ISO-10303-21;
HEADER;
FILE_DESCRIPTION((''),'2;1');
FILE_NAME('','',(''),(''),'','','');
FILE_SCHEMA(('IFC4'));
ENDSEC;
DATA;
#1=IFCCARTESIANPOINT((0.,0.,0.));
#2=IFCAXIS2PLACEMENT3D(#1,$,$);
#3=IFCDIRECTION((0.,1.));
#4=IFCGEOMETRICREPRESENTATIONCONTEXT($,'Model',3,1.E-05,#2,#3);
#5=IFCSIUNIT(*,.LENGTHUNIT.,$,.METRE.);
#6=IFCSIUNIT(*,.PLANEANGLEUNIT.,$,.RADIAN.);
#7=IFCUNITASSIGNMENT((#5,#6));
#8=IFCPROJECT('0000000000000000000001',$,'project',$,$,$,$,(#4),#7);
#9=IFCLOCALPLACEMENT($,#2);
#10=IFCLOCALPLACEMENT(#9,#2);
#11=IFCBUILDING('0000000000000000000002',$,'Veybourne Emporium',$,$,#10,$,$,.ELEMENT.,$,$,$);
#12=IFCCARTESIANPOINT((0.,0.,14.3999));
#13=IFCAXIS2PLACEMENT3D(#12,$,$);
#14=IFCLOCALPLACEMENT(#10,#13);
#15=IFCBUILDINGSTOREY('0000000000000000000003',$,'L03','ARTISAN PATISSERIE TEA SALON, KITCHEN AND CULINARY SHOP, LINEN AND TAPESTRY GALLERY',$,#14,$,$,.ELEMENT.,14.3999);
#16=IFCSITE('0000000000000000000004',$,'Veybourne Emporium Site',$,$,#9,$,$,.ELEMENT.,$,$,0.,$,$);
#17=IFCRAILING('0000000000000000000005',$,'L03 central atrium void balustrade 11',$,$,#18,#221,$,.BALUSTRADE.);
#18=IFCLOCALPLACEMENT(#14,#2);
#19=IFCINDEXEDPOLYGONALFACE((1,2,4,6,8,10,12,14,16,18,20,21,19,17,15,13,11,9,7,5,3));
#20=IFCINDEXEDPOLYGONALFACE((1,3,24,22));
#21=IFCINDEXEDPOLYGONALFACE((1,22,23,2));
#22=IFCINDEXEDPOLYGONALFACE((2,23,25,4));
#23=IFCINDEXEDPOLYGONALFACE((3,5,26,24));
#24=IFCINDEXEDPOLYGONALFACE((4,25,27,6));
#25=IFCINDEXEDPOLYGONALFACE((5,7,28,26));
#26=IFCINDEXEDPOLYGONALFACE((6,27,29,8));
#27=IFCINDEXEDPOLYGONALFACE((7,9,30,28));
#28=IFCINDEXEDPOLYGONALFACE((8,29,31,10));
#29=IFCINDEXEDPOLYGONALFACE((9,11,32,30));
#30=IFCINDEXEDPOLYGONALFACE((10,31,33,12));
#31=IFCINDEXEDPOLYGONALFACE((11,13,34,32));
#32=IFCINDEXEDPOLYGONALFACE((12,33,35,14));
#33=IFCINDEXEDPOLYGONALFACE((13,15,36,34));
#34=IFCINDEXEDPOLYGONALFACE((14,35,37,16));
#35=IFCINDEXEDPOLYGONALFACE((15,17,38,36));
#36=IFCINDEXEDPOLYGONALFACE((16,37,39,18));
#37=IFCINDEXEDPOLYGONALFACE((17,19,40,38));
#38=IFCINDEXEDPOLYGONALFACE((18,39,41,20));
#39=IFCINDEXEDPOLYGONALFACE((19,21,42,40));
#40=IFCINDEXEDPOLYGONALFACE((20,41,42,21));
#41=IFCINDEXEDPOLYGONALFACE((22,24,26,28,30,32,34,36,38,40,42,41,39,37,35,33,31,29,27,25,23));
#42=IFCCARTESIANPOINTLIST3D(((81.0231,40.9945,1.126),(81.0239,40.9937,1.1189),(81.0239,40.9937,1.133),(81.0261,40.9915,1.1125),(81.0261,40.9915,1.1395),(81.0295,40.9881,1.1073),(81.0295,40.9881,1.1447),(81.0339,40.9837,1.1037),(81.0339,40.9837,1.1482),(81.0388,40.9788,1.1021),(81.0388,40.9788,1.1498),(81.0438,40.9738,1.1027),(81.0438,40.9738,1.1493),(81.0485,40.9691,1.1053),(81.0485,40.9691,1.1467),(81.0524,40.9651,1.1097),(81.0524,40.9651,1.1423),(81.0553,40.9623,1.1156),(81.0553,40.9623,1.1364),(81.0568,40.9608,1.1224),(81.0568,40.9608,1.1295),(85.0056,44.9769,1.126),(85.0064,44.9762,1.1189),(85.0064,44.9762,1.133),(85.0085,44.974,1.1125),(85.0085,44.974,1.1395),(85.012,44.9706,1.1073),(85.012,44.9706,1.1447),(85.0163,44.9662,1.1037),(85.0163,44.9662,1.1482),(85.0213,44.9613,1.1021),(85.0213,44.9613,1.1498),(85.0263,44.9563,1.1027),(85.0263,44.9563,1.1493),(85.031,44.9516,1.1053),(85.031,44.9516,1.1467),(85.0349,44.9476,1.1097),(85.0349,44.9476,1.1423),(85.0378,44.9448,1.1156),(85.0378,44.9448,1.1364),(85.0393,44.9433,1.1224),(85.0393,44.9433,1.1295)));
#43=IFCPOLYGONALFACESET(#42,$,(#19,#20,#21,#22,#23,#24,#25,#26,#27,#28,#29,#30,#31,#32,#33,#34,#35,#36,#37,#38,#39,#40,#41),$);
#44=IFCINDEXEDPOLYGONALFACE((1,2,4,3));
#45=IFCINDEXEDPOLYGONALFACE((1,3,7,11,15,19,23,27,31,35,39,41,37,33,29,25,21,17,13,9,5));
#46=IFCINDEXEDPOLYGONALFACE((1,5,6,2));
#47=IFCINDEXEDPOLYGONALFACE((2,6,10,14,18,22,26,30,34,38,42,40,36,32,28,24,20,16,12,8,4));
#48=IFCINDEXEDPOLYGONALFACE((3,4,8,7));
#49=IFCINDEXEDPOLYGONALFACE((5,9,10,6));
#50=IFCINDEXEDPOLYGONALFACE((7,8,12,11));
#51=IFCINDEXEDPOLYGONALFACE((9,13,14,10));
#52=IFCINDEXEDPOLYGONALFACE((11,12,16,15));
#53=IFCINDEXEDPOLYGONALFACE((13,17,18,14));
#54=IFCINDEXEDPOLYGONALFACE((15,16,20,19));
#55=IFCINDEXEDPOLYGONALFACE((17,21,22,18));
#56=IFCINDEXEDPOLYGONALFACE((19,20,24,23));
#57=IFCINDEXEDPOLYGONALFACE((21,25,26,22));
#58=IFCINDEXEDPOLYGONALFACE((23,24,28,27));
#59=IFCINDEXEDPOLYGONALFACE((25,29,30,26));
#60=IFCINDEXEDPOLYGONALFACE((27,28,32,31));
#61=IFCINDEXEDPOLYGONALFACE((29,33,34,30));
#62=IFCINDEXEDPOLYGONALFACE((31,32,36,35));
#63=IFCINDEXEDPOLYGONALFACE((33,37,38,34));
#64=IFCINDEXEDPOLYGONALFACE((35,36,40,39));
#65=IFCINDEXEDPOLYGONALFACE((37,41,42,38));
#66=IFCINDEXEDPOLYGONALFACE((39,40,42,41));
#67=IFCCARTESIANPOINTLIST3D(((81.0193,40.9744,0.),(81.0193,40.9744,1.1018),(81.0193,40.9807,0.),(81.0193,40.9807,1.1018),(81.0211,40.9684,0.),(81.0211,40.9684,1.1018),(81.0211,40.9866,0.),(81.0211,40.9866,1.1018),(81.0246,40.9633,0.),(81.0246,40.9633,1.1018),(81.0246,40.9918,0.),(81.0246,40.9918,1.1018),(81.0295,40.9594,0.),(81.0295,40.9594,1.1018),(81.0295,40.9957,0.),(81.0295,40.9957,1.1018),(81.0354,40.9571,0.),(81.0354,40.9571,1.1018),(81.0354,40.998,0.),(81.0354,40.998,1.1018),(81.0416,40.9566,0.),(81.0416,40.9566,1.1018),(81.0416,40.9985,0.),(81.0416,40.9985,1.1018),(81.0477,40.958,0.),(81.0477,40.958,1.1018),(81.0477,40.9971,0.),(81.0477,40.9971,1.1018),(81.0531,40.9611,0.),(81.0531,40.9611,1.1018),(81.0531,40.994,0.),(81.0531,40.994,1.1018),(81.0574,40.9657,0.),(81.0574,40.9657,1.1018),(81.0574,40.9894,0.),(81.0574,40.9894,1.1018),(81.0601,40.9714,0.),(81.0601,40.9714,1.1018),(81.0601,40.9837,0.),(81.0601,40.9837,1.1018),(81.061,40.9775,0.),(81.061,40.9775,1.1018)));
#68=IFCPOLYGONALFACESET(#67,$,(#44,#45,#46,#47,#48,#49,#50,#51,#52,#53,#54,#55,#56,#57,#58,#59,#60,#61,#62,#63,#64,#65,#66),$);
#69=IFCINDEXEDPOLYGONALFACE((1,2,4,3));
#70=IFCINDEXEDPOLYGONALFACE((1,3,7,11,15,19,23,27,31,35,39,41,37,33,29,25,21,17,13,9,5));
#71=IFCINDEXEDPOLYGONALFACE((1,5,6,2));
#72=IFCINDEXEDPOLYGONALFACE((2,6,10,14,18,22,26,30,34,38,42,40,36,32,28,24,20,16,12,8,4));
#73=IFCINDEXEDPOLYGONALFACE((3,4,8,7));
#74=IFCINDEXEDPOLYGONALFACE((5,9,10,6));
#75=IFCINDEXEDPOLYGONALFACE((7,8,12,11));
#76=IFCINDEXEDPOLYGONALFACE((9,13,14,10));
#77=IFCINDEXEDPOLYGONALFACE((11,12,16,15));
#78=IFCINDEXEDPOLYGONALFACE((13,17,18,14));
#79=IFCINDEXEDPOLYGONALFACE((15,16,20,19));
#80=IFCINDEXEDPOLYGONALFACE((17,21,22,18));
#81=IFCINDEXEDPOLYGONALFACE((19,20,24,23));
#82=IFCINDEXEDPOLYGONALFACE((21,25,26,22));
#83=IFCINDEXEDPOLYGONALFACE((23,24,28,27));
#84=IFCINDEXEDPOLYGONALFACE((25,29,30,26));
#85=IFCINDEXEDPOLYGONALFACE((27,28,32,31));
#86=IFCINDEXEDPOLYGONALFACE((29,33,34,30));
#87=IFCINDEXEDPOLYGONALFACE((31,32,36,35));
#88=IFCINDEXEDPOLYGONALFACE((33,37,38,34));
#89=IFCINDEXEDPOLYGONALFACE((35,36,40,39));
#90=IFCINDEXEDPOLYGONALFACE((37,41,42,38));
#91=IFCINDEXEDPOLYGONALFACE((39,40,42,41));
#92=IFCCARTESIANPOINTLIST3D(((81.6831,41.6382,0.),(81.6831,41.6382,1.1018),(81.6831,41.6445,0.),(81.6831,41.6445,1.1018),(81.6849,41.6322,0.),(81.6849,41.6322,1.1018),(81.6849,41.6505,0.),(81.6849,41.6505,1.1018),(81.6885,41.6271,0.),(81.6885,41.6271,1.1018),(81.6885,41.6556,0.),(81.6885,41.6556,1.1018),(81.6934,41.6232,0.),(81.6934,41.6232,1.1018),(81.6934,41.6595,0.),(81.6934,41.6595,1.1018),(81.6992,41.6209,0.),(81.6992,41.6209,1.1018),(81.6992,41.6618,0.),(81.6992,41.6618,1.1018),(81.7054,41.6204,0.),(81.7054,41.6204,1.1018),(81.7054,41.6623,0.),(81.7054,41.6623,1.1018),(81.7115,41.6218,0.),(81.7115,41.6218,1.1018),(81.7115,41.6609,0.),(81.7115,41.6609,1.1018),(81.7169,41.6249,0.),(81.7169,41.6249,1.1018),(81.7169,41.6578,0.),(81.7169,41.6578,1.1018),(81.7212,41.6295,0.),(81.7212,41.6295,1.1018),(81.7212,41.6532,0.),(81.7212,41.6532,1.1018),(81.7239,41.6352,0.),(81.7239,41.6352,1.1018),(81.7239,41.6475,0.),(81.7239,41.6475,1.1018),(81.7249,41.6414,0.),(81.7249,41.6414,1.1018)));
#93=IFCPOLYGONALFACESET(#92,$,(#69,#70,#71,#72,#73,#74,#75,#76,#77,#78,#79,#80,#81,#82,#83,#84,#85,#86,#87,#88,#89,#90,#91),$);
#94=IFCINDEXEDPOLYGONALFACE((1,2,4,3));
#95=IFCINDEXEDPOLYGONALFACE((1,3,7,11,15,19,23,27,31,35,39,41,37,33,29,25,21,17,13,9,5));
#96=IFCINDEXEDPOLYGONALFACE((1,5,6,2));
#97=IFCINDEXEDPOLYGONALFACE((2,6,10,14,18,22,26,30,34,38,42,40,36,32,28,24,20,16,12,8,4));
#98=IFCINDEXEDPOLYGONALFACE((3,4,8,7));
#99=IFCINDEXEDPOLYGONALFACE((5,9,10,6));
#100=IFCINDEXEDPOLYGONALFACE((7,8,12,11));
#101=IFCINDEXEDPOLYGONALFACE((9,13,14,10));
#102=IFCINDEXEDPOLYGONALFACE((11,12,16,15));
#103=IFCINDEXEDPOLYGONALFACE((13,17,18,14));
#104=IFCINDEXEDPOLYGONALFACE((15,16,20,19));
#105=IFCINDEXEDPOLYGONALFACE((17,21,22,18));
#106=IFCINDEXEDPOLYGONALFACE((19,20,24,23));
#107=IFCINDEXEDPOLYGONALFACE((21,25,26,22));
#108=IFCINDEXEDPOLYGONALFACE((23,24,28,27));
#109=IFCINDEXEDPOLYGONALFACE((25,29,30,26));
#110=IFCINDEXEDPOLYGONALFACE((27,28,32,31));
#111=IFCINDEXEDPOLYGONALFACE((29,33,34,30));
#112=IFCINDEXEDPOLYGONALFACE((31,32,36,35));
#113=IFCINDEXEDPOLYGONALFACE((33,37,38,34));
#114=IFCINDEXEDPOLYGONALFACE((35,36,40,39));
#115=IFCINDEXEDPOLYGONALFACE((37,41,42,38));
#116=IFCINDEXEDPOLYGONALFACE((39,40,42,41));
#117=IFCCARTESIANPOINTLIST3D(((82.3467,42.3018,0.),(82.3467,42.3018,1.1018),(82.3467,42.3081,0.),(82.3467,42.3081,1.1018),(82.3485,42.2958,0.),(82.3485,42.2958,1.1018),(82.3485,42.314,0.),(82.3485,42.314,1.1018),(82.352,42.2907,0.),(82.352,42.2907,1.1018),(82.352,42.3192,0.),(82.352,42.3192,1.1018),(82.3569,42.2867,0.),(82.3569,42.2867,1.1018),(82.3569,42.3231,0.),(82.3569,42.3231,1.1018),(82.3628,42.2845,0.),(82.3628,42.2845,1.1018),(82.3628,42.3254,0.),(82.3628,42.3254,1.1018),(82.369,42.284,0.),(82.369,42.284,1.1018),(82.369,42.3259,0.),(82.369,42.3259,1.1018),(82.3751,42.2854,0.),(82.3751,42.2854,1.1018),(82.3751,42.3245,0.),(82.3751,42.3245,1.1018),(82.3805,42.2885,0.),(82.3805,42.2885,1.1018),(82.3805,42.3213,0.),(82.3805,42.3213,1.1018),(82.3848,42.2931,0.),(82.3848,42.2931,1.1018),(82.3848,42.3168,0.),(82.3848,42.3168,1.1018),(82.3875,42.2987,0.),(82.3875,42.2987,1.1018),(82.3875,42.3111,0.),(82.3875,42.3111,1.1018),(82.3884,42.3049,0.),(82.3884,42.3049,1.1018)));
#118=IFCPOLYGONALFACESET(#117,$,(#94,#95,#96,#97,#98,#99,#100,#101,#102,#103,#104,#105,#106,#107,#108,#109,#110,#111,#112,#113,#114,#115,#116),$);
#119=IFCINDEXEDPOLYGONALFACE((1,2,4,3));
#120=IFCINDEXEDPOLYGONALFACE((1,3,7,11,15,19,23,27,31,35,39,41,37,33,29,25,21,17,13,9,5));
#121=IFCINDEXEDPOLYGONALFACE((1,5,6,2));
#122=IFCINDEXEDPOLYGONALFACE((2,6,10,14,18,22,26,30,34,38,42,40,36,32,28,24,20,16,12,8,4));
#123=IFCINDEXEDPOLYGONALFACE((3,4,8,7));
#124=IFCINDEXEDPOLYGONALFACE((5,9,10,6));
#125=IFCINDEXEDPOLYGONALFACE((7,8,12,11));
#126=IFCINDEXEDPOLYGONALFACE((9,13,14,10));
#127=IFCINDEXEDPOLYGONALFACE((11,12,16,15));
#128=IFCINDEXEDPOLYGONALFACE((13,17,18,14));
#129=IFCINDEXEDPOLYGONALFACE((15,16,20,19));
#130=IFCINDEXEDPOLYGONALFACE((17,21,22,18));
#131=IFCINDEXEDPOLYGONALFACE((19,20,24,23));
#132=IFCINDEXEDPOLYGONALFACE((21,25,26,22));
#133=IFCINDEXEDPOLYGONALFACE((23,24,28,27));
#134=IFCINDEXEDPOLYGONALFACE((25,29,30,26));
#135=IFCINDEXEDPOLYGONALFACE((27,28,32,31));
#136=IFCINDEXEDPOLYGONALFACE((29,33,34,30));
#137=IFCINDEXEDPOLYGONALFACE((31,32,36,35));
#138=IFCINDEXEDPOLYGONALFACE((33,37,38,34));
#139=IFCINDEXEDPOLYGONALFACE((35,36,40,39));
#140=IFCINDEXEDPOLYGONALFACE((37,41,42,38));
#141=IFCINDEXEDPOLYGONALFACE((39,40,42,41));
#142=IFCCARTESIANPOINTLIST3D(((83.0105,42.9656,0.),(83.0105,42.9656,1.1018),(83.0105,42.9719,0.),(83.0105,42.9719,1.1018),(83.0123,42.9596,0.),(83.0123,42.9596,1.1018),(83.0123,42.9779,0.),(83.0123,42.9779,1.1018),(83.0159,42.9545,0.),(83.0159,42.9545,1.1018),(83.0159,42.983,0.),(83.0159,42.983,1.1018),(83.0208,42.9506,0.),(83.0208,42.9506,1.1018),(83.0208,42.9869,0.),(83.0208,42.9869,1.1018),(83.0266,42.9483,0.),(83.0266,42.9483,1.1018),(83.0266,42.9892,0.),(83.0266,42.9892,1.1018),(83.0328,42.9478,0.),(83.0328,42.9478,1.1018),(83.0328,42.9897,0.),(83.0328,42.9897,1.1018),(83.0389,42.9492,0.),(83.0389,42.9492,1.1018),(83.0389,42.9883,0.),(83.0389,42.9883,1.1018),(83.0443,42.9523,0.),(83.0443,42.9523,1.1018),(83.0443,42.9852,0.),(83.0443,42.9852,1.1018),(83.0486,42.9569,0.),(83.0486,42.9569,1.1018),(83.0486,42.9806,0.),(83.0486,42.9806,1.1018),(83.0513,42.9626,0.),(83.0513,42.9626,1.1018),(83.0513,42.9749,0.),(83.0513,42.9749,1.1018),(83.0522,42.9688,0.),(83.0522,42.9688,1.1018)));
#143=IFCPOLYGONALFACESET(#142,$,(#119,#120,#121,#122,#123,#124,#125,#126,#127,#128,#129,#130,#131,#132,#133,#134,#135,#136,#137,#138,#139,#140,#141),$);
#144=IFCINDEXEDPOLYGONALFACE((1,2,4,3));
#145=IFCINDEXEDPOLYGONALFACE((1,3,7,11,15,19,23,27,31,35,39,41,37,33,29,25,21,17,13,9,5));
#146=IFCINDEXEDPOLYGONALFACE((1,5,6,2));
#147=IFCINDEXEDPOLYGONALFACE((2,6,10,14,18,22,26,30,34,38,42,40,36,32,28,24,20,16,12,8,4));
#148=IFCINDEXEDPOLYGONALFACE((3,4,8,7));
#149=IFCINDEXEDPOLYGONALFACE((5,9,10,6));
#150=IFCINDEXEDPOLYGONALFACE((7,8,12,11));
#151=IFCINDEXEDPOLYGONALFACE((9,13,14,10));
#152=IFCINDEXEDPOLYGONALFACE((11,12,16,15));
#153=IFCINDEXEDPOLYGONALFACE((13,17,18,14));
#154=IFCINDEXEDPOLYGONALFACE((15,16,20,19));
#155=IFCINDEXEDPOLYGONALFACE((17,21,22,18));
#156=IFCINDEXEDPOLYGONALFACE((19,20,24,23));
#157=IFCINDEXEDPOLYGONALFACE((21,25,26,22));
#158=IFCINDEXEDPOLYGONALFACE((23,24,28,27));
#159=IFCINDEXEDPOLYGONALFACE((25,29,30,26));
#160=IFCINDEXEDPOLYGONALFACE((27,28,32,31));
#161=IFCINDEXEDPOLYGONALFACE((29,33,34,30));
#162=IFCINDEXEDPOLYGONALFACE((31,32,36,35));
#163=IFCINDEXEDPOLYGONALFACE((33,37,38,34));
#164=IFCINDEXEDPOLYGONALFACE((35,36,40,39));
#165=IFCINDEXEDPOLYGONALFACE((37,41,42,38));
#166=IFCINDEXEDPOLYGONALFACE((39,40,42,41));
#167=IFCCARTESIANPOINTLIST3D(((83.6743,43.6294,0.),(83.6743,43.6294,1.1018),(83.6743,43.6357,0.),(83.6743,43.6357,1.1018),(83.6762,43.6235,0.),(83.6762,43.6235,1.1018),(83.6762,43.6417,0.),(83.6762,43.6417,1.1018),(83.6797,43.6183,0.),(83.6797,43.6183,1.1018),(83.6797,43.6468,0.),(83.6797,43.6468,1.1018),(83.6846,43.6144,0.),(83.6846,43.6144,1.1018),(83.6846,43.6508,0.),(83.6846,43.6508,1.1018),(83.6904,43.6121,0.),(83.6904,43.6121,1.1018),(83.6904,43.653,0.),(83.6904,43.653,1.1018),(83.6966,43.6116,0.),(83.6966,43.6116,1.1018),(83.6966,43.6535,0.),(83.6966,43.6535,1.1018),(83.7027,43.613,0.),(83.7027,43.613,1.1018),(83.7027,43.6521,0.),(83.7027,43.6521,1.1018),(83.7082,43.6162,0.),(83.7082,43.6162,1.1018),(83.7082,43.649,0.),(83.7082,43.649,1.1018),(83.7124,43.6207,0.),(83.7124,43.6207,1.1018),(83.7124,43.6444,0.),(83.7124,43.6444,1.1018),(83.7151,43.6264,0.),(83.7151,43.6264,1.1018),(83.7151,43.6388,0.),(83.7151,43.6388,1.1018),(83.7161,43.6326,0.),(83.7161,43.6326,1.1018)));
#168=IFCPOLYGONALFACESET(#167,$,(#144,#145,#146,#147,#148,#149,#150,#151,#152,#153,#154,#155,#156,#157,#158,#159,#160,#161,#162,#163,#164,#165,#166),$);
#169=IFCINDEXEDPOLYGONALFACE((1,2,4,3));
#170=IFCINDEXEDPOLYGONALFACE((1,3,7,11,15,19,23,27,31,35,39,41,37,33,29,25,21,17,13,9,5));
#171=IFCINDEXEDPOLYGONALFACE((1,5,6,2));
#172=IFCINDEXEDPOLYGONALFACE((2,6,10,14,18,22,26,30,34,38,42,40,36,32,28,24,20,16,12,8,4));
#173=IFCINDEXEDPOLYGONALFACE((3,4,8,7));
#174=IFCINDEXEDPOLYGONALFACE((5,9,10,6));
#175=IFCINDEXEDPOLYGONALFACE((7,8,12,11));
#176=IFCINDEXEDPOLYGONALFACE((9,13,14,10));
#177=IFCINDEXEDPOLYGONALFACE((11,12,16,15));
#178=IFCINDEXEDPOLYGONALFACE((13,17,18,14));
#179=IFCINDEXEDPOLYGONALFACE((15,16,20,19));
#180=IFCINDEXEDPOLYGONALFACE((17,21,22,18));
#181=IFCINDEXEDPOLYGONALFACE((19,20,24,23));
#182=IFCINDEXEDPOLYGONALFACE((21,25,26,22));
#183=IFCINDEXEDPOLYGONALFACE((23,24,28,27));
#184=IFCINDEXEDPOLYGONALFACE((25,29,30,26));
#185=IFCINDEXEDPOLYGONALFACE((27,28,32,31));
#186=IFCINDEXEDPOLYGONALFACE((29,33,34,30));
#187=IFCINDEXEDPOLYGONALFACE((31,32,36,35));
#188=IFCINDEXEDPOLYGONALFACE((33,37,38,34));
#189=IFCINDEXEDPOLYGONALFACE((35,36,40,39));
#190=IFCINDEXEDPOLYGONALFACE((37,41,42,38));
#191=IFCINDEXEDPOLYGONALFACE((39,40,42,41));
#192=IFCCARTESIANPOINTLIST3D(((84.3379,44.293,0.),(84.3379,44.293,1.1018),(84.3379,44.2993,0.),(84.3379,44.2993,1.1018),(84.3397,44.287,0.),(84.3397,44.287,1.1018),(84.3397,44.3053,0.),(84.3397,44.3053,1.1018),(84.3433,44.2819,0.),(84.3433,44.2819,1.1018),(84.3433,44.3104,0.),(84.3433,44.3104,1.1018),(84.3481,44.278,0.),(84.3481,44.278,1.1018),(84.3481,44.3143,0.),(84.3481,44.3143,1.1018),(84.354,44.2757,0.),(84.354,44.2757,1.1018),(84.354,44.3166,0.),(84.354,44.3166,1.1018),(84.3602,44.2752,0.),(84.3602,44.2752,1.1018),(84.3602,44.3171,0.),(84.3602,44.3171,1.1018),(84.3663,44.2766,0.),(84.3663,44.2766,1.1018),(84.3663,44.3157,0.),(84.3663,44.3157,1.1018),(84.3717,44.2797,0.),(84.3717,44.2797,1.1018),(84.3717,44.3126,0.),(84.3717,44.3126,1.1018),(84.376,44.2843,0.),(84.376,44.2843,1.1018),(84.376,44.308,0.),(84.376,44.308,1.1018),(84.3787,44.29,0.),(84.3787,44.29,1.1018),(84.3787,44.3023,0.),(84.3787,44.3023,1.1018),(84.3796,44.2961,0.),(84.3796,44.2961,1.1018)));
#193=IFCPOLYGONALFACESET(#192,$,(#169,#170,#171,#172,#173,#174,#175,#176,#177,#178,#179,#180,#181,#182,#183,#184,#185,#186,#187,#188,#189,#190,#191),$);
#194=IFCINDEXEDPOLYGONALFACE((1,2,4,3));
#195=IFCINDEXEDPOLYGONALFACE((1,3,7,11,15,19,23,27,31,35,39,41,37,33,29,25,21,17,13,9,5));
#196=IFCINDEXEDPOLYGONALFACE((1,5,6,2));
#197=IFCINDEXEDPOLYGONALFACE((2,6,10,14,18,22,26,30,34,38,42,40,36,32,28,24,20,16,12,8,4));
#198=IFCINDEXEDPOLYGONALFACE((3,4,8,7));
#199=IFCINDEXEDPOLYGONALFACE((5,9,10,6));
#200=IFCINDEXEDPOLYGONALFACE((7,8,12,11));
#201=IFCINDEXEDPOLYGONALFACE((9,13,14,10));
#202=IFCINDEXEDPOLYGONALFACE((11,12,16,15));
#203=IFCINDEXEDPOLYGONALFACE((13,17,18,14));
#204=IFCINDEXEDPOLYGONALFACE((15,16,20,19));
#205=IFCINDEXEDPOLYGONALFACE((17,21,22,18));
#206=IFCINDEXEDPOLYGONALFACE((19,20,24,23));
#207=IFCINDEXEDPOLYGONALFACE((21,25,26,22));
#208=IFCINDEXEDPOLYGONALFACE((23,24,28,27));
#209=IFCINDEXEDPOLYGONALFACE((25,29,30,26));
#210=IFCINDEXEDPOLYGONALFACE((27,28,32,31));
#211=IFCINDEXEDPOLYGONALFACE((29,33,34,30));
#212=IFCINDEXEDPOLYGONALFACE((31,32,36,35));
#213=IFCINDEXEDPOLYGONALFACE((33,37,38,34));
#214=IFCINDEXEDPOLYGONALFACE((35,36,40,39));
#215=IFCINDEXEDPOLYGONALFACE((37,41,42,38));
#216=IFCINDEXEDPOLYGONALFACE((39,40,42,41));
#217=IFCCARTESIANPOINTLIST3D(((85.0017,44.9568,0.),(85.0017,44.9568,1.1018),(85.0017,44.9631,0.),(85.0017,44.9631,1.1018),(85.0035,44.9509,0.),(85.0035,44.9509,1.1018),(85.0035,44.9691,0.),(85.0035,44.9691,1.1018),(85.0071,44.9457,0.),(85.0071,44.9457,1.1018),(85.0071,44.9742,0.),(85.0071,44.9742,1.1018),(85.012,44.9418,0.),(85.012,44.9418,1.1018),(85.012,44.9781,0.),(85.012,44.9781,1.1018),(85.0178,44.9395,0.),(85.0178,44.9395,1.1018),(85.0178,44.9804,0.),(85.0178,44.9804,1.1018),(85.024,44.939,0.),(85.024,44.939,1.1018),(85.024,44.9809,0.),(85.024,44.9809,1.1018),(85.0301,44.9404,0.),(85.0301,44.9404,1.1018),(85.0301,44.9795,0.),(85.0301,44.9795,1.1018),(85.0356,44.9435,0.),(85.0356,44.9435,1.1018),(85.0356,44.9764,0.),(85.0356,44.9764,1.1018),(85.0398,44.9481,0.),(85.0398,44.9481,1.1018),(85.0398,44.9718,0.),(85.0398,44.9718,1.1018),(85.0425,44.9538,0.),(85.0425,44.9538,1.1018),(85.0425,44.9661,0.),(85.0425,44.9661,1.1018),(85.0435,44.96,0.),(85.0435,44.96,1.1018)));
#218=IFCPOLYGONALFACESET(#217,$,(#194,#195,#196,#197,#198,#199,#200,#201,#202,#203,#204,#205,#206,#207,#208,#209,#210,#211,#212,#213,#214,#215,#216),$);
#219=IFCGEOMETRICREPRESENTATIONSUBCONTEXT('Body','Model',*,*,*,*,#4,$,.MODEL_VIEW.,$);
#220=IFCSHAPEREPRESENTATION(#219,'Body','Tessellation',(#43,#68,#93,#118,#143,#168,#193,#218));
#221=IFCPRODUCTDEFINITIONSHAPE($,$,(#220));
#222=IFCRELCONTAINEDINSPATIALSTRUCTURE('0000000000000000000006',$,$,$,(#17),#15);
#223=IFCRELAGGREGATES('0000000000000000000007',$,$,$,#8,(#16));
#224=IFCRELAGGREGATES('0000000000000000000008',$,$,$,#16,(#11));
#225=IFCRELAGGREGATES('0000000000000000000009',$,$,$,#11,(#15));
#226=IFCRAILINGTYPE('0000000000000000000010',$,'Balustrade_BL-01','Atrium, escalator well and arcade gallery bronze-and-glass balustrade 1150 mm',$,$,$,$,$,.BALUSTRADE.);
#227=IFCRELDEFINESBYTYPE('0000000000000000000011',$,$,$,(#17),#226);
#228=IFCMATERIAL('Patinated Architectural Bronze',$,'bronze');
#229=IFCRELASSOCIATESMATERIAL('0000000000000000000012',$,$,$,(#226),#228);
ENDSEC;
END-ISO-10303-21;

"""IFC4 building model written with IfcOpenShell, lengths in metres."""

from ifc_helpers import new_model, si_unit, direction, frame, origin, origin_2d, place, context, subcontext, project, spatial, circle, extrude, material, type_object, element, save


model = new_model("IFC4")

# Units and contexts
model_context = context("Model", 3, precision=1e-05, world=origin(), true_north=direction((0.0, 1.0)))
body_context = subcontext(model_context, "Body", "Model", "MODEL_VIEW")
ifc_project = project(units=[si_unit("LENGTHUNIT", "METRE"), si_unit("PLANEANGLEUNIT", "RADIAN")], contexts=[model_context])

# Site, building, storey
site_placement = place(None, origin())
site = spatial("IfcSite", under=ifc_project, at=site_placement, Name="Veybourne Emporium Site", CompositionType="ELEMENT", RefElevation=0.0)
building_placement = place(site_placement, origin())
building = spatial("IfcBuilding", under=site, at=building_placement, Name="Veybourne Emporium", CompositionType="ELEMENT")
storey_placement = place(building_placement, frame((0.0, 0.0, 14.3999)))
storey = spatial("IfcBuildingStorey", under=building, at=storey_placement, Name="L03", Description="ARTISAN PATISSERIE TEA SALON, KITCHEN AND CULINARY SHOP, LINEN AND TAPESTRY GALLERY", CompositionType="ELEMENT", Elevation=14.3999)

# Shared definitions
ifc_material_1 = material(Name="Patinated Architectural Bronze", Category="bronze")

# Railing
railing_type = type_object("IfcRailingType", Name="Balustrade_BL-01", Description="Atrium, escalator well and arcade gallery bronze-and-glass balustrade 1150 mm", PredefinedType="BALUSTRADE", material=ifc_material_1)
railing_1_placement = place(storey_placement, frame((81.04, 40.9775, 0.0)))
element("IfcRailing", 1, at=railing_1_placement, inside=storey, type_object=railing_type, Name="L03 central atrium void balustrade 11", PredefinedType="BALUSTRADE", context=body_context, shape_type="SweptSolid", body=[
    extrude(circle(Radius=0.0239, at=origin_2d()), frame((0.0, 0.0, 1.126), z_axis=(0.707107, 0.707107, 0.0), x_axis=(-0.707107, 0.707107, 0.0)), (0.0, 0.0, 1.0), 5.6321),
    extrude(circle(Radius=0.021, at=origin_2d()), origin(), (0.0, 0.0, 1.0), 1.1018),
    extrude(circle(Radius=0.021, at=origin_2d()), frame((0.6638, 0.6638, 0.0)), (0.0, 0.0, 1.0), 1.1018),
    extrude(circle(Radius=0.021, at=origin_2d()), frame((1.3274, 1.3274, 0.0)), (0.0, 0.0, 1.0), 1.1018),
    extrude(circle(Radius=0.021, at=origin_2d()), frame((1.9912, 1.9912, 0.0)), (0.0, 0.0, 1.0), 1.1018),
    extrude(circle(Radius=0.021, at=origin_2d()), frame((2.655, 2.655, 0.0)), (0.0, 0.0, 1.0), 1.1018),
    extrude(circle(Radius=0.021, at=origin_2d()), frame((3.3186, 3.3186, 0.0)), (0.0, 0.0, 1.0), 1.1018),
    extrude(circle(Radius=0.021, at=origin_2d()), frame((3.9824, 3.9824, 0.0)), (0.0, 0.0, 1.0), 1.1018),
])

save(model, "model.ifc")
